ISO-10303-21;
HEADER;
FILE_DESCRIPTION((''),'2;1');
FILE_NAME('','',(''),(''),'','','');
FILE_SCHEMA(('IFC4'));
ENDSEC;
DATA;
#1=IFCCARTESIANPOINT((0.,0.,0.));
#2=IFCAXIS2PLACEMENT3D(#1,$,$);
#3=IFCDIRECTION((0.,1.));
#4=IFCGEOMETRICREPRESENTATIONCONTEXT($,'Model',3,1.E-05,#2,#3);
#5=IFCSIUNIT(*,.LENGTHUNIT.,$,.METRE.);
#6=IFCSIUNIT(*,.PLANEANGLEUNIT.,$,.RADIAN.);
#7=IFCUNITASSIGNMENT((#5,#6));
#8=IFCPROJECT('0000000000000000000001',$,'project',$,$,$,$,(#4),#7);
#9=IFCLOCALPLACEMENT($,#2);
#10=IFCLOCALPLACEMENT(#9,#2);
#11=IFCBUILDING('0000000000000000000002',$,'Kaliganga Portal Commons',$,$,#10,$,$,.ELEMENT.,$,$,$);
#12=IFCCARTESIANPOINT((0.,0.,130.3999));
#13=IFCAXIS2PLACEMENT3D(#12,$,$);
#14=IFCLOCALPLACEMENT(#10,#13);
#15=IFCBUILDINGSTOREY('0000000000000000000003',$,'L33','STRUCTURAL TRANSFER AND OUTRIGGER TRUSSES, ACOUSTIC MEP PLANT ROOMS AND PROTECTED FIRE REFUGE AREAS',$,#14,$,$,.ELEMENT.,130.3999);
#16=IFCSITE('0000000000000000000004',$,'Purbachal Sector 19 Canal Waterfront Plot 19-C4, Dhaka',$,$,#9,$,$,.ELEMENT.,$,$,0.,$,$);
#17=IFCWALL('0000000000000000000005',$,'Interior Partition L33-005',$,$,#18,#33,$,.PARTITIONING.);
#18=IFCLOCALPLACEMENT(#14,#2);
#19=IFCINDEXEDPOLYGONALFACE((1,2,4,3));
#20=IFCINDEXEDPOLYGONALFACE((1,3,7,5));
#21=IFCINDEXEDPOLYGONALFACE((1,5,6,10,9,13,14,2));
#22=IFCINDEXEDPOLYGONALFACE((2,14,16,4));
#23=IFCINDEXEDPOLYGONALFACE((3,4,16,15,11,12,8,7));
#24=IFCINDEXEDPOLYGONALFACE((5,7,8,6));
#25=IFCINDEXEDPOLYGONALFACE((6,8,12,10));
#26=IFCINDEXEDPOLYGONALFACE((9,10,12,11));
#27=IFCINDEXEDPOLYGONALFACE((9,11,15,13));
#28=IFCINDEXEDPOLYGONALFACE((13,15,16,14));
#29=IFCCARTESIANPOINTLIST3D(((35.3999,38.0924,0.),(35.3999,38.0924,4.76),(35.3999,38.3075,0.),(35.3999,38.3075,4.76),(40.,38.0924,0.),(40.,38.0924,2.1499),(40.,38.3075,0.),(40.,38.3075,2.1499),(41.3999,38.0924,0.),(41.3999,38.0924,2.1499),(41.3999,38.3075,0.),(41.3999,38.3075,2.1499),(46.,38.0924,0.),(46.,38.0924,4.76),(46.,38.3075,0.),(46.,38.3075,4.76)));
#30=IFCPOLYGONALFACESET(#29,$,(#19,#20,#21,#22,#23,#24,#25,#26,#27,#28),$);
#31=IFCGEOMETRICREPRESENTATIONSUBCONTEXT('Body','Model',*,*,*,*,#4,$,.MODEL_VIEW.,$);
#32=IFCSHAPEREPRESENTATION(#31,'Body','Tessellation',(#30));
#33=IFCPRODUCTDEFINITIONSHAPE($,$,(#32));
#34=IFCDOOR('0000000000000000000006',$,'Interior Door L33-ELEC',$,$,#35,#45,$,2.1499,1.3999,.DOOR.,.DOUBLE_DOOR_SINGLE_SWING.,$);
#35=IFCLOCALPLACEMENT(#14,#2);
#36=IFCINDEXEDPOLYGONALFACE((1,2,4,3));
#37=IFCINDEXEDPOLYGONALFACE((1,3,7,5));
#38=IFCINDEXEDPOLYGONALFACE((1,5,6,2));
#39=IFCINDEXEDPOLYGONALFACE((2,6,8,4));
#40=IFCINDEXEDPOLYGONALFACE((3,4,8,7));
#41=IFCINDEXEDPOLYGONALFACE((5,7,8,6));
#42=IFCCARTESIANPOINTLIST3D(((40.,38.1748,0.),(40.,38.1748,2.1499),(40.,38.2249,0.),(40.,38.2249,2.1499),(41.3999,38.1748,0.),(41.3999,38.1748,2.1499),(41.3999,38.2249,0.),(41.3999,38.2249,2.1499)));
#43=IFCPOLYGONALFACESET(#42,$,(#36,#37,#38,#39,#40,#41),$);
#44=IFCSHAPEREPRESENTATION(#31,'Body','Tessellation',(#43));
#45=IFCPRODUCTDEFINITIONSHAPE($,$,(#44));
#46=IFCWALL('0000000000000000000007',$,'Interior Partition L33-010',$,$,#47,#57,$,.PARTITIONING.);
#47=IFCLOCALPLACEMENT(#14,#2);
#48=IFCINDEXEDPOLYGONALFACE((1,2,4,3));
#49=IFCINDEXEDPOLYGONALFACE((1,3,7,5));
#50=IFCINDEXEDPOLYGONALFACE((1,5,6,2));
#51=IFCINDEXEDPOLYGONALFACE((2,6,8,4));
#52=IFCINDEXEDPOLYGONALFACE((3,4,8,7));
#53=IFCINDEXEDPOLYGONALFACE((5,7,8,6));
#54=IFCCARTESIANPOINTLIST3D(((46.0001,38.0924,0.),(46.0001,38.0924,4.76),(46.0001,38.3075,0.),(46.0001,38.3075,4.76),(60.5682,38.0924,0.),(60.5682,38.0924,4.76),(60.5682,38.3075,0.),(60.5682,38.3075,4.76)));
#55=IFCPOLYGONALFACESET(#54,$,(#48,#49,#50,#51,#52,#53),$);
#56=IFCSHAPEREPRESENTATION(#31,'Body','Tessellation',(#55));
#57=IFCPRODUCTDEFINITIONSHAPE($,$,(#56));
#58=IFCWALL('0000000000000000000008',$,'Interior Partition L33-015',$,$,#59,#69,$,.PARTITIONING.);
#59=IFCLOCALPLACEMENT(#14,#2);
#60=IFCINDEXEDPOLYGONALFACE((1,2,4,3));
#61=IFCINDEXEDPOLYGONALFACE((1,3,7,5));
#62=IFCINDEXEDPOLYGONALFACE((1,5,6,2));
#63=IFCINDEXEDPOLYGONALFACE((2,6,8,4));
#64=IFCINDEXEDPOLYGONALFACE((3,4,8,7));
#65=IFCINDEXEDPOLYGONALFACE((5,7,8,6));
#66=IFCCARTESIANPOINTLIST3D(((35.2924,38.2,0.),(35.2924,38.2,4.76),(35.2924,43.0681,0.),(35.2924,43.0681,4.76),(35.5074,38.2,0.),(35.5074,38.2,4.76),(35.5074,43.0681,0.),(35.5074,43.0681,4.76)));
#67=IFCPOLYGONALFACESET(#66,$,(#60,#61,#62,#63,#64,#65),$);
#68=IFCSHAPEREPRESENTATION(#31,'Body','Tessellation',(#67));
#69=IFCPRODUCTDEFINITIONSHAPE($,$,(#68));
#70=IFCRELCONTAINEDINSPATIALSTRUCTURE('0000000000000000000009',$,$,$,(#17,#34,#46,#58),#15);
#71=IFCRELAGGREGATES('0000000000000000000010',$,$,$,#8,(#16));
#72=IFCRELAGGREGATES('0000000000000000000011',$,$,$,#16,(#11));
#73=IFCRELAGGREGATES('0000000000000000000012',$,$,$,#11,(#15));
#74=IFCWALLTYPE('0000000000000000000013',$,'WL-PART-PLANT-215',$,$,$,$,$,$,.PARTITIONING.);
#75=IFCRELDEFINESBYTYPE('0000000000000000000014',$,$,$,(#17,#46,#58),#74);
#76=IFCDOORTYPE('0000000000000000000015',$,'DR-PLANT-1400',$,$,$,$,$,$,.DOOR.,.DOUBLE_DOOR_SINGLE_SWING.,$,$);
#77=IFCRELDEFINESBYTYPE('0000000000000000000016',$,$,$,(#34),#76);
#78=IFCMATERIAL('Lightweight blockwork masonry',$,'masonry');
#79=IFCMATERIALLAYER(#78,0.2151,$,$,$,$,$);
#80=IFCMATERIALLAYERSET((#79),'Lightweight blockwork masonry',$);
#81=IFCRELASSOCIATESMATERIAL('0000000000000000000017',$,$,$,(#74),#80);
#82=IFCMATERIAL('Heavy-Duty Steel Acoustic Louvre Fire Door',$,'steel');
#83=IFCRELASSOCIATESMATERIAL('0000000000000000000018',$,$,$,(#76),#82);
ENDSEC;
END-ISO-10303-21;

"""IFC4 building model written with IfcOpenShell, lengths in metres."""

from ifc_helpers import new_model, si_unit, direction, frame, frame_2d, origin, place, context, subcontext, project, spatial, rectangle, extrude, material, layer, layer_set, type_object, element, fill, save


model = new_model("IFC4")

# Units and contexts
model_context = context("Model", 3, precision=1e-05, world=origin(), true_north=direction((0.0, 1.0)))
body_context = subcontext(model_context, "Body", "Model", "MODEL_VIEW")
ifc_project = project(units=[si_unit("LENGTHUNIT", "METRE"), si_unit("PLANEANGLEUNIT", "RADIAN")], contexts=[model_context])

# Site, building, storey
site_placement = place(None, origin())
site = spatial("IfcSite", under=ifc_project, at=site_placement, Name="Purbachal Sector 19 Canal Waterfront Plot 19-C4, Dhaka", CompositionType="ELEMENT", RefElevation=0.0)
building_placement = place(site_placement, origin())
building = spatial("IfcBuilding", under=site, at=building_placement, Name="Kaliganga Portal Commons", CompositionType="ELEMENT")
storey_placement = place(building_placement, frame((0.0, 0.0, 130.3999)))
storey = spatial("IfcBuildingStorey", under=building, at=storey_placement, Name="L33", Description="STRUCTURAL TRANSFER AND OUTRIGGER TRUSSES, ACOUSTIC MEP PLANT ROOMS AND PROTECTED FIRE REFUGE AREAS", CompositionType="ELEMENT", Elevation=130.3999)

# Wall, opening, door
ifc_material_1 = material(Name="Lightweight blockwork masonry", Category="masonry")
ifc_layer_1 = layer(ifc_material_1, 0.2151)
ifc_layer_set_1 = layer_set([ifc_layer_1], Name="Lightweight blockwork masonry")
wall_type_1 = type_object("IfcWallType", Name="WL-PART-PLANT-215", PredefinedType="PARTITIONING", material=ifc_layer_set_1)
wall_1_placement = place(storey_placement, frame((35.3999, 38.2, 0.0), z_axis=(0.0, 0.0, 1.0), x_axis=(1.0, 0.0, 0.0)))
wall_1 = element("IfcWall", 1, at=wall_1_placement, inside=storey, type_object=wall_type_1, Name="Interior Partition L33-005", PredefinedType="PARTITIONING", context=body_context, shape_type="SweptSolid", body=[
    extrude(rectangle(XDim=10.6001, YDim=0.2151, at=frame_2d((5.3, 0.0))), origin(), (0.0, 0.0, 1.0), 4.76),
])
opening_placement = place(wall_1_placement, frame((4.6001, 0.0, 0.0)))
opening = element("IfcOpeningElement", 2, at=opening_placement, cuts=wall_1, PredefinedType="OPENING", context=body_context, shape_type="SweptSolid", body=[
    extrude(rectangle(XDim=1.3999, YDim=2.1499, at=frame_2d((0.7, 1.075))), frame((0.0, 0.1177, 0.0), z_axis=(0.0, -1.0, 0.0), x_axis=(1.0, 0.0, 0.0)), (0.0, 0.0, 1.0), 0.2351),
])
ifc_material_2 = material(Name="Heavy-Duty Steel Acoustic Louvre Fire Door", Category="steel")
door_type = type_object("IfcDoorType", Name="DR-PLANT-1400", OperationType="DOUBLE_DOOR_SINGLE_SWING", PredefinedType="DOOR", material=ifc_material_2)
door_placement = place(opening_placement, origin())
door = element("IfcDoor", 3, at=door_placement, inside=storey, type_object=door_type, Name="Interior Door L33-ELEC", OperationType="DOUBLE_DOOR_SINGLE_SWING", OverallHeight=2.1499, OverallWidth=1.3999, PredefinedType="DOOR", context=body_context, shape_type="SweptSolid", body=[
    extrude(rectangle(XDim=1.3999, YDim=2.1499, at=frame_2d((0.7, 1.075))), frame((0.0, 0.0249, 0.0), z_axis=(0.0, -1.0, 0.0), x_axis=(1.0, 0.0, 0.0)), (0.0, 0.0, 1.0), 0.05),
])
fill(opening, door)

# Walls
wall_2_placement = place(storey_placement, frame((46.0, 38.2, 0.0), z_axis=(0.0, 0.0, 1.0), x_axis=(1.0, 0.0, 0.0)))
element("IfcWall", 4, at=wall_2_placement, inside=storey, type_object=wall_type_1, Name="Interior Partition L33-010", PredefinedType="PARTITIONING", context=body_context, shape_type="SweptSolid", body=[
    extrude(rectangle(XDim=14.5681, YDim=0.2151, at=frame_2d((7.2842, 0.0))), origin(), (0.0, 0.0, 1.0), 4.76),
])
wall_3_placement = place(storey_placement, frame((35.3999, 38.2, 0.0), z_axis=(0.0, 0.0, 1.0), x_axis=(0.0, 1.0, 0.0)))
element("IfcWall", 5, at=wall_3_placement, inside=storey, type_object=wall_type_1, Name="Interior Partition L33-015", PredefinedType="PARTITIONING", context=body_context, shape_type="SweptSolid", body=[
    extrude(rectangle(XDim=4.8682, YDim=0.2151, at=frame_2d((2.4341, 0.0))), origin(), (0.0, 0.0, 1.0), 4.76),
])

save(model, "model.ifc")
